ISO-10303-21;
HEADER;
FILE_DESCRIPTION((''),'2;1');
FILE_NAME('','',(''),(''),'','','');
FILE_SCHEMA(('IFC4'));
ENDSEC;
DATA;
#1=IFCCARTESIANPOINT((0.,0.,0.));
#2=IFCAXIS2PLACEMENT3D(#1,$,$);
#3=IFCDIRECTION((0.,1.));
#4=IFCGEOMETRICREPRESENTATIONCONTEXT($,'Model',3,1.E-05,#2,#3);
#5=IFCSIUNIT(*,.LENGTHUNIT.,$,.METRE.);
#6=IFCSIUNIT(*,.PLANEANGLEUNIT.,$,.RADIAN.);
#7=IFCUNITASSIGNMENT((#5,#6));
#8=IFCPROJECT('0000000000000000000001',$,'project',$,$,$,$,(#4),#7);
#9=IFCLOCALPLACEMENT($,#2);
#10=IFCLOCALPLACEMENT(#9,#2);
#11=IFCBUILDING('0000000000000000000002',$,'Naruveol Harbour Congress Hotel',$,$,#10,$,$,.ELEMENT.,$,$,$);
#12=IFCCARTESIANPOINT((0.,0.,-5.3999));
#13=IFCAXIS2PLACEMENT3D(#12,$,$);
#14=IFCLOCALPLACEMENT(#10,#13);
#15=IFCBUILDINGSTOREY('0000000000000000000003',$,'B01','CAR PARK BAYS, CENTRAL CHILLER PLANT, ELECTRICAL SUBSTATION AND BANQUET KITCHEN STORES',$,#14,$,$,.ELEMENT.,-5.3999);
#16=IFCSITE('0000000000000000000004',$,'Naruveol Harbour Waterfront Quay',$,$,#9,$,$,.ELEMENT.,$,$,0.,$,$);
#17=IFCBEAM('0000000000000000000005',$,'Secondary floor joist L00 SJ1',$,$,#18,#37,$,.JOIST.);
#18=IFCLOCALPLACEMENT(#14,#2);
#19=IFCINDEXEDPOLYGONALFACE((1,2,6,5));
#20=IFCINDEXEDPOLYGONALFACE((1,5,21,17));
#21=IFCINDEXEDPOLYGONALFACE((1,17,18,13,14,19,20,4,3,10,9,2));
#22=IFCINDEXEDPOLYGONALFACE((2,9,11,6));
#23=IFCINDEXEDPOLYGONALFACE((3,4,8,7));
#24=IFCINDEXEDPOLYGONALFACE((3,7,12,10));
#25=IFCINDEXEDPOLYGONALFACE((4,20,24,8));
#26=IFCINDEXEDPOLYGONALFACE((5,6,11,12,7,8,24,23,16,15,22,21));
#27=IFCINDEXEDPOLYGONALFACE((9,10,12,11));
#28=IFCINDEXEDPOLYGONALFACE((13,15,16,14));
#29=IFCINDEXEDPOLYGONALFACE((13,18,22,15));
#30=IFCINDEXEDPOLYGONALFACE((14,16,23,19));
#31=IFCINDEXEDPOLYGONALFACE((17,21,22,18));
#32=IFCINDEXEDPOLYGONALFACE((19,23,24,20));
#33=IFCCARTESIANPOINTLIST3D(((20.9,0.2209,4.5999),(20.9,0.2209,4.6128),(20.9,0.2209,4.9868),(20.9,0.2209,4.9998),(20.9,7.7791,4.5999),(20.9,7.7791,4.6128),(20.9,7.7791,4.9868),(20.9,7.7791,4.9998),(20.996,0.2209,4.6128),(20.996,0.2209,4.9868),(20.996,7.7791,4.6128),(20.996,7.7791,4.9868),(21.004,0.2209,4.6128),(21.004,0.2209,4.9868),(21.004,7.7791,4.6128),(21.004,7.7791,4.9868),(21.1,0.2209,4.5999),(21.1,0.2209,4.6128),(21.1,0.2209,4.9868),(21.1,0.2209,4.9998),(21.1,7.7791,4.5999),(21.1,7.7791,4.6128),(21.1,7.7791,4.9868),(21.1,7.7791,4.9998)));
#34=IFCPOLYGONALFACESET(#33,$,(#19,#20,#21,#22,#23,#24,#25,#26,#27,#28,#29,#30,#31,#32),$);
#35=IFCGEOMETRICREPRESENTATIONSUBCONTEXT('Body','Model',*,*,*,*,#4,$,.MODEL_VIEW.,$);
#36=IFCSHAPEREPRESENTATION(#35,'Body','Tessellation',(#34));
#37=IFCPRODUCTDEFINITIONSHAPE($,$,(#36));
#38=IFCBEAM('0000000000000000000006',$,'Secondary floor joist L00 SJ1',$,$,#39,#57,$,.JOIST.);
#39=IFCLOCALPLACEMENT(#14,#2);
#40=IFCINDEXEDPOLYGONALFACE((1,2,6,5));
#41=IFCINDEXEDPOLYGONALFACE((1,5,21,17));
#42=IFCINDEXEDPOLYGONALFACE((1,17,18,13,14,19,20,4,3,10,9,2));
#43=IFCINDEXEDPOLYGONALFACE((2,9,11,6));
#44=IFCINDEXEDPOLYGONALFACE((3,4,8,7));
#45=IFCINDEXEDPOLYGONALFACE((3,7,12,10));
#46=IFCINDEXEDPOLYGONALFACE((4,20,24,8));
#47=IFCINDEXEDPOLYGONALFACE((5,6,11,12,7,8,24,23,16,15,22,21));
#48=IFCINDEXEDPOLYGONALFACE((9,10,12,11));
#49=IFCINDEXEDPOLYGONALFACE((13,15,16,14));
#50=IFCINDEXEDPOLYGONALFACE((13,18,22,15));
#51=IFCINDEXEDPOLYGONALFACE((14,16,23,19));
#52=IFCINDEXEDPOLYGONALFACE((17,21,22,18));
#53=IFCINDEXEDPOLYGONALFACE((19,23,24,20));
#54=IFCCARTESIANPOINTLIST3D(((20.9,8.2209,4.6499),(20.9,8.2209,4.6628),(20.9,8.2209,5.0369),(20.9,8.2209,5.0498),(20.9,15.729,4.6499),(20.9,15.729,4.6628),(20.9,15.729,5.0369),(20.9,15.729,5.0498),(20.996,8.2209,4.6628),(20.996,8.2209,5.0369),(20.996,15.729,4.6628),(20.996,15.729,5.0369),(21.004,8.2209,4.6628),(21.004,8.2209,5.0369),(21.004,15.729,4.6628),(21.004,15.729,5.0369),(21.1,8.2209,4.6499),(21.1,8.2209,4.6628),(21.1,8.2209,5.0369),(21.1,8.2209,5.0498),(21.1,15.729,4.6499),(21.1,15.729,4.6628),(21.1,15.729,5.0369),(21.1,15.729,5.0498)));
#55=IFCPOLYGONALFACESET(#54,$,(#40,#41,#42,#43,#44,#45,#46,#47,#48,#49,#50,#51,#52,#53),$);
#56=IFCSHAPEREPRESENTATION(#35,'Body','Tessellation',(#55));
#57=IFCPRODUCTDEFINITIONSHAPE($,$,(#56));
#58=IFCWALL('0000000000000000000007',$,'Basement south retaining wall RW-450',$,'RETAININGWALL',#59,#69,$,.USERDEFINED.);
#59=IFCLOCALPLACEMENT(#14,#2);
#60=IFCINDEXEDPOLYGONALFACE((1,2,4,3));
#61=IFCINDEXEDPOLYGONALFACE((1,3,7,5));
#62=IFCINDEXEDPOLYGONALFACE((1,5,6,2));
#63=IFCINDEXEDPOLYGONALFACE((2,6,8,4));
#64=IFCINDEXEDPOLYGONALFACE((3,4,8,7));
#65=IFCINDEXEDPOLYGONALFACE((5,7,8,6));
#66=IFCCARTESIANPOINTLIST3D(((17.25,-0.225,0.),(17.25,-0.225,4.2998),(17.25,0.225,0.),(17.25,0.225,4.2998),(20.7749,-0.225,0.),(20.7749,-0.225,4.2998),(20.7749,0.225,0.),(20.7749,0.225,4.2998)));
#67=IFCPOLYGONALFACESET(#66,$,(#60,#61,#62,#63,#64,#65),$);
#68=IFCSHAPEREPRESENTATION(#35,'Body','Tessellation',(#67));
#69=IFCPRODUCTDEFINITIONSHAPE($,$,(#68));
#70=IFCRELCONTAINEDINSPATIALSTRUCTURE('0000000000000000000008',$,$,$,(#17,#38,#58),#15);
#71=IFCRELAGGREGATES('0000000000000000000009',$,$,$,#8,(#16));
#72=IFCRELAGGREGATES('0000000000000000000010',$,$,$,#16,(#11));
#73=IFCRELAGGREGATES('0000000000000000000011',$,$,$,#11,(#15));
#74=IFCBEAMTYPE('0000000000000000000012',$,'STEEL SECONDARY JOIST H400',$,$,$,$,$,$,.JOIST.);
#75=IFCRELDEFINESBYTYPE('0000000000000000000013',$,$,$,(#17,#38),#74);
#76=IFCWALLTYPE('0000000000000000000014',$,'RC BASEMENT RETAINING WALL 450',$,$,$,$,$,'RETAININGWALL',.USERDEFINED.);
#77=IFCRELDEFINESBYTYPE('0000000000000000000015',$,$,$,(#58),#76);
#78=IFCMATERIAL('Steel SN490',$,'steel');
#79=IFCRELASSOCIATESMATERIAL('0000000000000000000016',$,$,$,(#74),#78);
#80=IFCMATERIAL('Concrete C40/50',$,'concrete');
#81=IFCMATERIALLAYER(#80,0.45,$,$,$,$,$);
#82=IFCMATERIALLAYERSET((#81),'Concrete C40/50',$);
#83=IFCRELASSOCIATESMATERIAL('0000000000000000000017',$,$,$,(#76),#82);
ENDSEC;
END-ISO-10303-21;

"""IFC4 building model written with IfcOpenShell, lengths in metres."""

from ifc_helpers import new_model, si_unit, direction, frame, frame_2d, origin, origin_2d, place, context, subcontext, project, spatial, rectangle, i_section, extrude, material, layer, layer_set, material_profile, profile_set, type_object, element, save


model = new_model("IFC4")

# Units and contexts
model_context = context("Model", 3, precision=1e-05, world=origin(), true_north=direction((0.0, 1.0)))
body_context = subcontext(model_context, "Body", "Model", "MODEL_VIEW")
ifc_project = project(units=[si_unit("LENGTHUNIT", "METRE"), si_unit("PLANEANGLEUNIT", "RADIAN")], contexts=[model_context])

# Site, building, storey
site_placement = place(None, origin())
site = spatial("IfcSite", under=ifc_project, at=site_placement, Name="Naruveol Harbour Waterfront Quay", CompositionType="ELEMENT", RefElevation=0.0)
building_placement = place(site_placement, origin())
building = spatial("IfcBuilding", under=site, at=building_placement, Name="Naruveol Harbour Congress Hotel", CompositionType="ELEMENT")
storey_placement = place(building_placement, frame((0.0, 0.0, -5.3999)))
storey = spatial("IfcBuildingStorey", under=building, at=storey_placement, Name="B01", Description="CAR PARK BAYS, CENTRAL CHILLER PLANT, ELECTRICAL SUBSTATION AND BANQUET KITCHEN STORES", CompositionType="ELEMENT", Elevation=-5.3999)

# Beams
ifc_material_1 = material(Name="Steel SN490", Category="steel")
ifc_material_profile_1 = material_profile(ifc_material_1, i_section(OverallWidth=0.2, OverallDepth=0.3999, WebThickness=0.0081, FlangeThickness=0.0129, at=origin_2d()), Name="H-400x200x8x13")
ifc_profile_set_1 = profile_set([ifc_material_profile_1], Name="Steel SN490")
beam_type_1 = type_object("IfcBeamType", Name="STEEL SECONDARY JOIST H400", PredefinedType="JOIST", material=ifc_profile_set_1)
beam_1_placement = place(storey_placement, frame((21.0, 0.2209, 4.7998), z_axis=(0.0, 1.0, 0.0), x_axis=(-1.0, 0.0, 0.0)))
element("IfcBeam", 1, at=beam_1_placement, inside=storey, type_object=beam_type_1, Name="Secondary floor joist L00 SJ1", PredefinedType="JOIST", context=body_context, shape_type="SweptSolid", body=[
    extrude(i_section(OverallWidth=0.2, OverallDepth=0.3999, WebThickness=0.0081, FlangeThickness=0.0129, at=origin_2d()), origin(), (0.0, 0.0, 1.0), 7.5581),
])
beam_2_placement = place(storey_placement, frame((21.0, 8.2209, 4.8499), z_axis=(0.0, 1.0, 0.0), x_axis=(-1.0, 0.0, 0.0)))
element("IfcBeam", 2, at=beam_2_placement, inside=storey, type_object=beam_type_1, Name="Secondary floor joist L00 SJ1", PredefinedType="JOIST", context=body_context, shape_type="SweptSolid", body=[
    extrude(i_section(OverallWidth=0.2, OverallDepth=0.3999, WebThickness=0.0081, FlangeThickness=0.0129, at=origin_2d()), origin(), (0.0, 0.0, 1.0), 7.5081),
])

# Wall
ifc_material_2 = material(Name="Concrete C40/50", Category="concrete")
ifc_layer = layer(ifc_material_2, 0.45)
ifc_layer_set = layer_set([ifc_layer], Name="Concrete C40/50")
wall_type = type_object("IfcWallType", Name="RC BASEMENT RETAINING WALL 450", ElementType="RETAININGWALL", PredefinedType="USERDEFINED", material=ifc_layer_set)
wall_placement = place(storey_placement, frame((20.7749, 0.0, 0.0), z_axis=(0.0, 0.0, 1.0), x_axis=(-1.0, 0.0, 0.0)))
element("IfcWall", 3, at=wall_placement, inside=storey, type_object=wall_type, Name="Basement south retaining wall RW-450", ObjectType="RETAININGWALL", PredefinedType="USERDEFINED", context=body_context, shape_type="SweptSolid", body=[
    extrude(rectangle(XDim=3.5249, YDim=0.45, at=frame_2d((1.7625, 0.0))), origin(), (0.0, 0.0, 1.0), 4.2998),
])

save(model, "model.ifc")
